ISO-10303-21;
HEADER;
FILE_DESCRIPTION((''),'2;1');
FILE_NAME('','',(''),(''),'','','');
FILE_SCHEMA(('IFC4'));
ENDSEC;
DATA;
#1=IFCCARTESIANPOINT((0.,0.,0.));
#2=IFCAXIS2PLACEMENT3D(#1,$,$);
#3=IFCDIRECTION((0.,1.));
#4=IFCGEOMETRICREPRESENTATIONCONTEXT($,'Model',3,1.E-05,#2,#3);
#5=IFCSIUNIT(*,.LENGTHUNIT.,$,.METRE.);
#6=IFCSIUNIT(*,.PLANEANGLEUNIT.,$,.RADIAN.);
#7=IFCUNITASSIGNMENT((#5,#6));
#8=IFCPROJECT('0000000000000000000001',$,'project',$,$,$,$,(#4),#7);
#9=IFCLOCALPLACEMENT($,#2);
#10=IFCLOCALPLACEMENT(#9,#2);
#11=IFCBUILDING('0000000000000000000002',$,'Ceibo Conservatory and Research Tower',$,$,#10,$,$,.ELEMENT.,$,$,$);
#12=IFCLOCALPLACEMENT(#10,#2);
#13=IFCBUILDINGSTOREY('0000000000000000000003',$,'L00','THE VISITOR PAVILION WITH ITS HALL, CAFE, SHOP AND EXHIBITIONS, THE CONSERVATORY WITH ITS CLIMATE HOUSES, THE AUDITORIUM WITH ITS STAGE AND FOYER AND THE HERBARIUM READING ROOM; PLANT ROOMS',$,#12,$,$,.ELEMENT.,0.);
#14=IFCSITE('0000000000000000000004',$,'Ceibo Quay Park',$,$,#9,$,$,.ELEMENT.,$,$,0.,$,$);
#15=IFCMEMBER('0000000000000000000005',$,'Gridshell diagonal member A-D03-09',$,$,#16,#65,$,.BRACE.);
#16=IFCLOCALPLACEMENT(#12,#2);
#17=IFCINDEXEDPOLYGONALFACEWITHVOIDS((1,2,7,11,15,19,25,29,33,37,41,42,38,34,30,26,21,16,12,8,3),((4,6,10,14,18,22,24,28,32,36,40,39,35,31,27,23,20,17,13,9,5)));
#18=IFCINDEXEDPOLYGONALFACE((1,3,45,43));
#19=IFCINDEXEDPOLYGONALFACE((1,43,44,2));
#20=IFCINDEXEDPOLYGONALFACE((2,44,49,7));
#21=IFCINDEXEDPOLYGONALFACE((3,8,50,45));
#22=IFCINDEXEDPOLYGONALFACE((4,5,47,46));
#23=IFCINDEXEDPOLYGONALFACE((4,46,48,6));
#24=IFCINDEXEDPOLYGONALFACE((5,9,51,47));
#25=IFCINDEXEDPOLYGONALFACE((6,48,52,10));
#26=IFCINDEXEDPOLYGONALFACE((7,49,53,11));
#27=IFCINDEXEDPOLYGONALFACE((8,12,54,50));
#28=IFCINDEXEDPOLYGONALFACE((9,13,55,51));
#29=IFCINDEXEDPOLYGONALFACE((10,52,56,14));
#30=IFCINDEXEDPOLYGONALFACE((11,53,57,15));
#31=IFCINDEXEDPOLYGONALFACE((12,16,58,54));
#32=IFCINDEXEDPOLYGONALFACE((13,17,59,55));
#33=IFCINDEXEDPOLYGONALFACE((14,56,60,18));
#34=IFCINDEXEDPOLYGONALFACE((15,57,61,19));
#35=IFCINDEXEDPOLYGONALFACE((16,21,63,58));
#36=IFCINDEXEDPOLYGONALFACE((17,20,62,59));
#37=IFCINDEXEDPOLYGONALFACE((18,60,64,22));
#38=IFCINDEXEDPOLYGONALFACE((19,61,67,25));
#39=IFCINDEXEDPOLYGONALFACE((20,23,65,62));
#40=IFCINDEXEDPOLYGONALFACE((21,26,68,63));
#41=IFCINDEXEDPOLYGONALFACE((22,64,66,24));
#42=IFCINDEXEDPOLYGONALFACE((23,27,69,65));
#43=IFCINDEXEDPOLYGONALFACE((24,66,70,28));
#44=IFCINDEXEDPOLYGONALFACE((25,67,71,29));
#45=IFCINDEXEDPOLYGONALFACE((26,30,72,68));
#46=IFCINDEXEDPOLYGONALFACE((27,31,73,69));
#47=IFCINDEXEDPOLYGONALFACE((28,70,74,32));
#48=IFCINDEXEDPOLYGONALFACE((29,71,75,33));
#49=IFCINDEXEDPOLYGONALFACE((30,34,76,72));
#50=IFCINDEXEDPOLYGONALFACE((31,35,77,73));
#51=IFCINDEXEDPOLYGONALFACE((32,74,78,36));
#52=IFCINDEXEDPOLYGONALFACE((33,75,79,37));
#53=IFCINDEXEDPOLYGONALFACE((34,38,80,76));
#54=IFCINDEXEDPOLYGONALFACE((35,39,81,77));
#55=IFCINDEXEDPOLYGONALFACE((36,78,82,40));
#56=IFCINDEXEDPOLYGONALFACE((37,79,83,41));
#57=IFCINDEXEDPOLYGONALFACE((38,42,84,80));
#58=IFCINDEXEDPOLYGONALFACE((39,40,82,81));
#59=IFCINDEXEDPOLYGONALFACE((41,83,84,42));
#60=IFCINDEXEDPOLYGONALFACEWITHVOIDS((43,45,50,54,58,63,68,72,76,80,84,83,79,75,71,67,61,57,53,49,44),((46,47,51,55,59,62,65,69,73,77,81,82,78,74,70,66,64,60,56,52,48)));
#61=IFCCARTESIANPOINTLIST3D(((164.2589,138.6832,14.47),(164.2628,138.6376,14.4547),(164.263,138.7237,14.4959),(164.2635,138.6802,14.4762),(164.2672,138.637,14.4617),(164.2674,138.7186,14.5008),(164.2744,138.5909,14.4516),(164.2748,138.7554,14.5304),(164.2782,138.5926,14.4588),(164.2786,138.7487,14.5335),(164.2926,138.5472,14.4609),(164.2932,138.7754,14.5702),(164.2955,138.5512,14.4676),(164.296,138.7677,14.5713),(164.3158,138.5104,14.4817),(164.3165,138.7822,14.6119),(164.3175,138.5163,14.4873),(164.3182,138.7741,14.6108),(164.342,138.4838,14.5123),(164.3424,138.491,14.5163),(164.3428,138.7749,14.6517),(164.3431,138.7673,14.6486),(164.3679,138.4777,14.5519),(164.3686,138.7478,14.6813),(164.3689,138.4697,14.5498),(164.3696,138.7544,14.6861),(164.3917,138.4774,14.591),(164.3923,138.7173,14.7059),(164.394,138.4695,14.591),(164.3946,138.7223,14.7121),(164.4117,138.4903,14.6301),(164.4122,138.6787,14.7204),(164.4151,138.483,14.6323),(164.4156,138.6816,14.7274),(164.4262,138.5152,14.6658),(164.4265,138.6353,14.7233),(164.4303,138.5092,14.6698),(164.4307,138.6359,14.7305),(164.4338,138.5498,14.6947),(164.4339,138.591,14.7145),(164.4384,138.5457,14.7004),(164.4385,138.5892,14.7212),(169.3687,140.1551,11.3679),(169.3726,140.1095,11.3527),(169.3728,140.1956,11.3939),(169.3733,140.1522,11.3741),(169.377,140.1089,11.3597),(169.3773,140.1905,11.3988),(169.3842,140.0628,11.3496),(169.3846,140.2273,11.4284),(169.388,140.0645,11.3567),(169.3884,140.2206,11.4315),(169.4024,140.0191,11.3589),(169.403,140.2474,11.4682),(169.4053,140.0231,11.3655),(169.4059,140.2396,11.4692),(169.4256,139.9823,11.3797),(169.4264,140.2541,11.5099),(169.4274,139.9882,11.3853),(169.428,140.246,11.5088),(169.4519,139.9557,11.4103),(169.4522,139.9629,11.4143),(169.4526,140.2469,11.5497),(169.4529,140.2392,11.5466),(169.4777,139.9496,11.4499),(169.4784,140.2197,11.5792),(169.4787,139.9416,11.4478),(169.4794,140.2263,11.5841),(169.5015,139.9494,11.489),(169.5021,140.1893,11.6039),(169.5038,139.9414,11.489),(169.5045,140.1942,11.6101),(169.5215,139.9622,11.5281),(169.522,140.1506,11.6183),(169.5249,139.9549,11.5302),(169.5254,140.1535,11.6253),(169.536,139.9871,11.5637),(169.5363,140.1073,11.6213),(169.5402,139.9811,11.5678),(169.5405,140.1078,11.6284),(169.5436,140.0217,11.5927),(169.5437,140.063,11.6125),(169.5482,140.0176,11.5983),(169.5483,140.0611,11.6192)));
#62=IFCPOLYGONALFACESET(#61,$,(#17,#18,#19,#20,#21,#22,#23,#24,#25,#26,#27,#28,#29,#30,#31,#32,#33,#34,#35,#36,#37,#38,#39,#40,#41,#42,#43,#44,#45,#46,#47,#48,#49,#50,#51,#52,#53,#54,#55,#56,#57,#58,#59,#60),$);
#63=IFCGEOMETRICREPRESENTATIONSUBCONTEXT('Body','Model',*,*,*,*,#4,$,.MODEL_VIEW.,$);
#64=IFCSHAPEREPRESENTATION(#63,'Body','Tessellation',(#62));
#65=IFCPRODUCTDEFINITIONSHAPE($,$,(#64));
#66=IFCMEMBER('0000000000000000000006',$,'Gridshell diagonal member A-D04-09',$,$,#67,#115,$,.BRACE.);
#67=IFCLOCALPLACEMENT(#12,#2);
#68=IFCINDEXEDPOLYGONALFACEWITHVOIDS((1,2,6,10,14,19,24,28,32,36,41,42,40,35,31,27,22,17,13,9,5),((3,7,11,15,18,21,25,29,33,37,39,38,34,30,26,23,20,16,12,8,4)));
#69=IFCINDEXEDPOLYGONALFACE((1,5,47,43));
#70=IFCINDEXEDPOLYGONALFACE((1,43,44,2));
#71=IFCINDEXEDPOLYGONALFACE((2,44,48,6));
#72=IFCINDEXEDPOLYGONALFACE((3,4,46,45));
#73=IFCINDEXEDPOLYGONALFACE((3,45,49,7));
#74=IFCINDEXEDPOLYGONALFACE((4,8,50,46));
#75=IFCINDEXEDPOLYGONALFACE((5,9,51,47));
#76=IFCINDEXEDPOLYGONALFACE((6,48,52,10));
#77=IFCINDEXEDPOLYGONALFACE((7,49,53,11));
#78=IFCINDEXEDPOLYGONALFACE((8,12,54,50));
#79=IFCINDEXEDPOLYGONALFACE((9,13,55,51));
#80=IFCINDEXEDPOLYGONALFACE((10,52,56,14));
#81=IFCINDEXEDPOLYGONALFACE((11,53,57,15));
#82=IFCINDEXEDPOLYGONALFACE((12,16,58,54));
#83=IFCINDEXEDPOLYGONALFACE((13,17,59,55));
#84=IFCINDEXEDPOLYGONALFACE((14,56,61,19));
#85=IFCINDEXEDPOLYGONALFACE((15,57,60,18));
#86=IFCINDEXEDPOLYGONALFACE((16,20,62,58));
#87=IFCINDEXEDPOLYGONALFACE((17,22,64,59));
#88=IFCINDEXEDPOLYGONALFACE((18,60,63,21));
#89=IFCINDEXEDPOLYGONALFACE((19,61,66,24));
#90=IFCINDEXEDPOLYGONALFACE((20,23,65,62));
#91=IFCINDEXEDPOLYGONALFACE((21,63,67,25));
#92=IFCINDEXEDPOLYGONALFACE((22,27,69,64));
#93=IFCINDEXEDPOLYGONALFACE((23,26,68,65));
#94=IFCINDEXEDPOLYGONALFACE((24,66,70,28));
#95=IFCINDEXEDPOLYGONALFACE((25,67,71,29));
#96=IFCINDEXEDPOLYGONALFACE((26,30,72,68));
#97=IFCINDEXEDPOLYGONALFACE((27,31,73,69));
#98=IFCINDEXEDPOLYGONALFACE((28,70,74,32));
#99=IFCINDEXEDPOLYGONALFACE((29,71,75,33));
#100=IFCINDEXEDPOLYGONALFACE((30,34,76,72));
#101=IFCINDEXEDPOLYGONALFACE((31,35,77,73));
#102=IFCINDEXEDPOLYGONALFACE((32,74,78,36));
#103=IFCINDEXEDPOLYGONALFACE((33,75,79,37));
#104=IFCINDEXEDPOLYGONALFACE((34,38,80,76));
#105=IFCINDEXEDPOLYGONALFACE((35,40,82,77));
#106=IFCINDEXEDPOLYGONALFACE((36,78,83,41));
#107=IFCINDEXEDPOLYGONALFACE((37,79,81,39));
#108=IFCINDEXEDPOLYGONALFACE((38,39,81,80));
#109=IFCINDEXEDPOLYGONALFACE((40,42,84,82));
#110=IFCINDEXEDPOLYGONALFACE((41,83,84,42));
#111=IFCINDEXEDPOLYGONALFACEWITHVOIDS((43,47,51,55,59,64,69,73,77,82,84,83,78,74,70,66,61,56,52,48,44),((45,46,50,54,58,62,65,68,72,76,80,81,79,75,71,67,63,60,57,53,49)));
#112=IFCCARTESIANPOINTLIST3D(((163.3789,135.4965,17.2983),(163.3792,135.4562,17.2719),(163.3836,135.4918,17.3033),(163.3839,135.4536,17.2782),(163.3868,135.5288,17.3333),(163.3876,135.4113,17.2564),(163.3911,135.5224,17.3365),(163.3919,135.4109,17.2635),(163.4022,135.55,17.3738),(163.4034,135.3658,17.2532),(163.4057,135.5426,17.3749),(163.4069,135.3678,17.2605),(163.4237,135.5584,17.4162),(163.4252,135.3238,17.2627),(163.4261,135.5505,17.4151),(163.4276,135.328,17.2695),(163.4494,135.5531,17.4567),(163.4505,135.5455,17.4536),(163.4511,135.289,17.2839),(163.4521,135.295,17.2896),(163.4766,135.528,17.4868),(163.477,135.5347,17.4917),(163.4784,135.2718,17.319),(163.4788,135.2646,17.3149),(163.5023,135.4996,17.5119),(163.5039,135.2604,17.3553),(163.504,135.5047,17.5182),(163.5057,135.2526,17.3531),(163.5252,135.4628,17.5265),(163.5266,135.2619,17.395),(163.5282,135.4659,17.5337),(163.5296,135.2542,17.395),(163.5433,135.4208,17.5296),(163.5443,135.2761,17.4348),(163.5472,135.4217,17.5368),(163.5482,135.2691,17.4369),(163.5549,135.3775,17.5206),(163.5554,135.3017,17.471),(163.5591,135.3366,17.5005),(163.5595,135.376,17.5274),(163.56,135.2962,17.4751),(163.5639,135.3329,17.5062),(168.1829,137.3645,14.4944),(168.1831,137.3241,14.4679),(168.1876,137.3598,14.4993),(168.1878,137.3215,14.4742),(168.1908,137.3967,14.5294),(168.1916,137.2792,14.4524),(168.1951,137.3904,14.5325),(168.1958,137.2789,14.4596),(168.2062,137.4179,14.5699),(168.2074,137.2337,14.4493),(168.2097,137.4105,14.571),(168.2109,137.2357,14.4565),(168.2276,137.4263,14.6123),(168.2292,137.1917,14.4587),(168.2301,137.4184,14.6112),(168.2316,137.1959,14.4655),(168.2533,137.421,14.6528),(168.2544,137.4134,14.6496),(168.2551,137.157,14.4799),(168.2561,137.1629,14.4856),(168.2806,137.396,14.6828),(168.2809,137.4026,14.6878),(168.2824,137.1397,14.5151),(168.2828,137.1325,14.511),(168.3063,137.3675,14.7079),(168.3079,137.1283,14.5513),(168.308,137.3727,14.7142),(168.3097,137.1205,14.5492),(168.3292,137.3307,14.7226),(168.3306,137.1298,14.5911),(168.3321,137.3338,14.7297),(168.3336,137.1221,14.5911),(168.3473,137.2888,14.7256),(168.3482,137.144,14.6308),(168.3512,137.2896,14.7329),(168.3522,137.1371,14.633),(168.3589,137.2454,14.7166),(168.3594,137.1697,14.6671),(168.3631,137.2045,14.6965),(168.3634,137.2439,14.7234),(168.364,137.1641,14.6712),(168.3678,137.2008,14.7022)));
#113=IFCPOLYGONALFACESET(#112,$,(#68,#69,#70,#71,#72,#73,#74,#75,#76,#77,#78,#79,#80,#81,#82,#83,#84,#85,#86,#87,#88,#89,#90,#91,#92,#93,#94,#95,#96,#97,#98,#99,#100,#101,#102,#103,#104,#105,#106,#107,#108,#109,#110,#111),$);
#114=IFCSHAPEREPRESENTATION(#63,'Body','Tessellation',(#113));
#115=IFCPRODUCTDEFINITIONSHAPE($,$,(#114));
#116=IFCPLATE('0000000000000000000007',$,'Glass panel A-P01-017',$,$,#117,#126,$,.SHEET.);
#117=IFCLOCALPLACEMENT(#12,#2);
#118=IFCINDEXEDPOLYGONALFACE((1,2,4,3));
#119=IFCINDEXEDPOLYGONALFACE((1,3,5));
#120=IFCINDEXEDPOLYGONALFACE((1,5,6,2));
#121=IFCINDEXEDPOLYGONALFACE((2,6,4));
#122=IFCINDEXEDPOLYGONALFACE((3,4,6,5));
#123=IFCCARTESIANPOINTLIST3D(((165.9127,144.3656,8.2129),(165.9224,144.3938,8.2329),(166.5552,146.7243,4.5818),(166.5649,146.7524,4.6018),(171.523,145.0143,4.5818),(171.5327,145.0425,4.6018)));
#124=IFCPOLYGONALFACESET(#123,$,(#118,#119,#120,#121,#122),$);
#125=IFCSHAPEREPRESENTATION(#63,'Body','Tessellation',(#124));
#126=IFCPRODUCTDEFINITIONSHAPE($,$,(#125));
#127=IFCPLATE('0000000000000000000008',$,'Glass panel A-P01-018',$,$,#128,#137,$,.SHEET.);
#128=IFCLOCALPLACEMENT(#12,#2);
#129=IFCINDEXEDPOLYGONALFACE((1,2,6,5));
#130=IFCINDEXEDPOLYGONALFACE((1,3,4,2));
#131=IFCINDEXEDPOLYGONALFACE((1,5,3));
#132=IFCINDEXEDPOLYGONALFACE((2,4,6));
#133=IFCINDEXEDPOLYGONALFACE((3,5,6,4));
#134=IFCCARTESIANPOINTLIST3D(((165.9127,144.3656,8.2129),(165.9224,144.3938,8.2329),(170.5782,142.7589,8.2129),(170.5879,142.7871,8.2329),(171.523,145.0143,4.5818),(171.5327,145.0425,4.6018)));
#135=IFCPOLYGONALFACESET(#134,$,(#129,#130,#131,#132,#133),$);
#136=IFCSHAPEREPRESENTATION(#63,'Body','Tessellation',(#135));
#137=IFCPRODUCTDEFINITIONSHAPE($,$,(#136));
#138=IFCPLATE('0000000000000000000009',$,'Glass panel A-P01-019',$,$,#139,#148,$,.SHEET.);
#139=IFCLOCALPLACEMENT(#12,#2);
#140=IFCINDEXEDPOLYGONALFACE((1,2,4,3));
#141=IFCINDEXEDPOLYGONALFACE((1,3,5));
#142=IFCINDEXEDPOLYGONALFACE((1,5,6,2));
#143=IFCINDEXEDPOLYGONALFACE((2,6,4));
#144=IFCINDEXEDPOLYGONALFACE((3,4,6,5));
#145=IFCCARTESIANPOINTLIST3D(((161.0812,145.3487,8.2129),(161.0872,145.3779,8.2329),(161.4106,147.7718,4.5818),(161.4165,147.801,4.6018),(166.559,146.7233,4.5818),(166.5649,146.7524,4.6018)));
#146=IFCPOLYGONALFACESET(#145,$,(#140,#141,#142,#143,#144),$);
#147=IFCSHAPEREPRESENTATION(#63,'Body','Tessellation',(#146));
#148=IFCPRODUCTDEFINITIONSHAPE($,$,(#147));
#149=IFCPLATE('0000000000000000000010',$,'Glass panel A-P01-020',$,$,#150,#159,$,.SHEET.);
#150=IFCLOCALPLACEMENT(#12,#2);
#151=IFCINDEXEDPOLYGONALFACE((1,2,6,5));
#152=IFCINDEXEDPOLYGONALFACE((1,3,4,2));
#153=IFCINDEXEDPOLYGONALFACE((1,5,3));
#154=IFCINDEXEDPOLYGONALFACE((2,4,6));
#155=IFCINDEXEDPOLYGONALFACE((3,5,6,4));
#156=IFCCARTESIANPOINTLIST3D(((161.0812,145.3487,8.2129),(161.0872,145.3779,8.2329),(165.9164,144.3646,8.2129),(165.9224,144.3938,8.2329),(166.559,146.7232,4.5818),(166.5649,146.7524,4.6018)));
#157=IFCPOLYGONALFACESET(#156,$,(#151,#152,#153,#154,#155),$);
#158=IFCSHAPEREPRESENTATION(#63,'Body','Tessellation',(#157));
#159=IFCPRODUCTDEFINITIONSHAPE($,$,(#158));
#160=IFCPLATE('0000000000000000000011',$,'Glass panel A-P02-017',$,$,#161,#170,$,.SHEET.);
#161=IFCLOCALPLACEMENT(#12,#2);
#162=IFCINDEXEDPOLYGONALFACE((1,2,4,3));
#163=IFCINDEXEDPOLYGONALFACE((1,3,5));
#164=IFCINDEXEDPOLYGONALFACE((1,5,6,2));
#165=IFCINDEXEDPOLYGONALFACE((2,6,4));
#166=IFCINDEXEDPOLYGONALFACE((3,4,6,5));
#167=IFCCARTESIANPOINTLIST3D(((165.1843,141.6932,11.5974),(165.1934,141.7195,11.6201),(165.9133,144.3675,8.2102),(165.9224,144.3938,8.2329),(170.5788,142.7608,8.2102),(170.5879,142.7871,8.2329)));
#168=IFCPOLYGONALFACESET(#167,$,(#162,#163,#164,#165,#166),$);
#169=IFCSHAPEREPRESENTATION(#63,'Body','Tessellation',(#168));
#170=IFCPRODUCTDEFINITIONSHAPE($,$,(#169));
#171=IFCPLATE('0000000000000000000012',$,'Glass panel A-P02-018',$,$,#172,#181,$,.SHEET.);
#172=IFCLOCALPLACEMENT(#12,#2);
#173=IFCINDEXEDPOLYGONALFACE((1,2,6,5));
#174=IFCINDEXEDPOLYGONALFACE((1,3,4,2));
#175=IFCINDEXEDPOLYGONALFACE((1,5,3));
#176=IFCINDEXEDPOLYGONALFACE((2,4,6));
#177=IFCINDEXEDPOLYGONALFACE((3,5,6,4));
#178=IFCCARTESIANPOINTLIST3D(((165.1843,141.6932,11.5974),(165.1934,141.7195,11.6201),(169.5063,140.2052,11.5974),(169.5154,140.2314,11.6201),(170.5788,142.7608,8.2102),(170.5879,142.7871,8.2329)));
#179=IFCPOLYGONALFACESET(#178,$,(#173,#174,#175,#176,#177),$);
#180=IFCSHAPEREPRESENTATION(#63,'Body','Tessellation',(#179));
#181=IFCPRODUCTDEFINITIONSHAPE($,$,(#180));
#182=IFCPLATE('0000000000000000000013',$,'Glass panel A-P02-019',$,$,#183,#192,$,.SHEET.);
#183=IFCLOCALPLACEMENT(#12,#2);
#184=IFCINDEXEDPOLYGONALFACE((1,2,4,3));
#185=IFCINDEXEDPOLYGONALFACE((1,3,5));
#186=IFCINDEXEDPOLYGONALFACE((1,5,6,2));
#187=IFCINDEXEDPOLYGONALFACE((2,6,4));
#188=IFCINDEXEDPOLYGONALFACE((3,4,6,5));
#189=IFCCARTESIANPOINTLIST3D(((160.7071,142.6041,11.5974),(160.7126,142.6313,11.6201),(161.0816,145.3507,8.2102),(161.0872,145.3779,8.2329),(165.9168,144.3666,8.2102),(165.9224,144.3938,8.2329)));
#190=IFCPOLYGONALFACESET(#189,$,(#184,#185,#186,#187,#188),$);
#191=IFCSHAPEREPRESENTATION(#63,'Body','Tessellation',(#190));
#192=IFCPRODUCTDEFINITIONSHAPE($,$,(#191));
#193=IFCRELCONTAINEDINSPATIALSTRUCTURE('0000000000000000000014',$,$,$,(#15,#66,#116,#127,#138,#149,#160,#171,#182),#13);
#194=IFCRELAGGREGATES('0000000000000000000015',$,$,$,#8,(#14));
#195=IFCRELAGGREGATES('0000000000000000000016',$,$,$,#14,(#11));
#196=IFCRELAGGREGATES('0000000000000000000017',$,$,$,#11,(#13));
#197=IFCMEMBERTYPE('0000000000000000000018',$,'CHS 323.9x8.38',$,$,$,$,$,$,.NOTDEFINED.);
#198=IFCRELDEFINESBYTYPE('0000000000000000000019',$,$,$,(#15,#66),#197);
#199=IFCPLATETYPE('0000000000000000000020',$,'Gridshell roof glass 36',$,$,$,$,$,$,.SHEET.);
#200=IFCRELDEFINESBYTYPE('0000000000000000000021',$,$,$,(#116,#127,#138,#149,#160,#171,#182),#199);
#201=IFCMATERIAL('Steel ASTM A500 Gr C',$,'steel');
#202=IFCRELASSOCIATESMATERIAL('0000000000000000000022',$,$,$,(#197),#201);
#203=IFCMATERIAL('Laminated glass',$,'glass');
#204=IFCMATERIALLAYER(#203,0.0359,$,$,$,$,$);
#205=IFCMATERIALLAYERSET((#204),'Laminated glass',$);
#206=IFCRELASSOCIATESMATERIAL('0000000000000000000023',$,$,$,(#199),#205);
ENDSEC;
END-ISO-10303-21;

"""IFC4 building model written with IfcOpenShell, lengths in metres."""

from ifc_helpers import new_model, si_unit, direction, frame, origin, origin_2d, place, context, subcontext, project, spatial, polyline, hollow_circle, outline, extrude, material, layer, layer_set, material_profile, profile_set, type_object, element, save


model = new_model("IFC4")

# Units and contexts
model_context = context("Model", 3, precision=1e-05, world=origin(), true_north=direction((0.0, 1.0)))
body_context = subcontext(model_context, "Body", "Model", "MODEL_VIEW")
ifc_project = project(units=[si_unit("LENGTHUNIT", "METRE"), si_unit("PLANEANGLEUNIT", "RADIAN")], contexts=[model_context])

# Site, building, storey
site_placement = place(None, origin())
site = spatial("IfcSite", under=ifc_project, at=site_placement, Name="Ceibo Quay Park", CompositionType="ELEMENT", RefElevation=0.0)
building_placement = place(site_placement, origin())
building = spatial("IfcBuilding", under=site, at=building_placement, Name="Ceibo Conservatory and Research Tower", CompositionType="ELEMENT")
storey_placement = place(building_placement, origin())
storey = spatial("IfcBuildingStorey", under=building, at=storey_placement, Name="L00", Description="THE VISITOR PAVILION WITH ITS HALL, CAFE, SHOP AND EXHIBITIONS, THE CONSERVATORY WITH ITS CLIMATE HOUSES, THE AUDITORIUM WITH ITS STAGE AND FOYER AND THE HERBARIUM READING ROOM; PLANT ROOMS", CompositionType="ELEMENT", Elevation=0.0)

# Members
ifc_material_1 = material(Name="Steel ASTM A500 Gr C", Category="steel")
ifc_material_profile_1 = material_profile(ifc_material_1, hollow_circle(Radius=0.1619, WallThickness=0.0083, at=origin_2d()), Name="CHS 323.9x8.38")
ifc_profile_set_1 = profile_set([ifc_material_profile_1], Name="Steel ASTM A500 Gr C")
member_type_1 = type_object("IfcMemberType", Name="CHS 323.9x8.38", PredefinedType="NOTDEFINED", material=ifc_profile_set_1)
member_1_placement = place(storey_placement, frame((169.459, 140.0969, 11.489), z_axis=(-0.830022, -0.239092, 0.503883), x_axis=(0.2768, -0.960927, 0.0)))
element("IfcMember", 1, at=member_1_placement, inside=storey, type_object=member_type_1, Name="Gridshell diagonal member A-D03-09", PredefinedType="BRACE", context=body_context, shape_type="SweptSolid", body=[
    extrude(hollow_circle(Radius=0.1619, WallThickness=0.0083, at=origin_2d()), origin(), (0.0, 0.0, 1.0), 6.1562),
])
member_2_placement = place(storey_placement, frame((168.2749, 137.2729, 14.5911), z_axis=(-0.818719, -0.318342, 0.477867), x_axis=(0.362398, -0.932023, 0.0)))
element("IfcMember", 2, at=member_2_placement, inside=storey, type_object=member_type_1, Name="Gridshell diagonal member A-D04-09", PredefinedType="BRACE", context=body_context, shape_type="SweptSolid", body=[
    extrude(hollow_circle(Radius=0.1619, WallThickness=0.0083, at=origin_2d()), origin(), (0.0, 0.0, 1.0), 5.8677),
])

# Plates
ifc_material_2 = material(Name="Laminated glass", Category="glass")
ifc_layer = layer(ifc_material_2, 0.0359)
ifc_layer_set = layer_set([ifc_layer], Name="Laminated glass")
plate_type = type_object("IfcPlateType", Name="Gridshell roof glass 36", PredefinedType="SHEET", material=ifc_layer_set)
plate_1_placement = place(storey_placement, frame((171.5327, 145.0425, 4.6018), z_axis=(0.270166, 0.784884, 0.557644), x_axis=(-0.945553, 0.325469, 0.0)))
element("IfcPlate", 3, at=plate_1_placement, inside=storey, type_object=plate_type, Name="Glass panel A-P01-017", PredefinedType="SHEET", context=body_context, shape_type="SweptSolid", body=[
    extrude(outline(polyline([(0.0, 0.0), (5.2538, 0.0), (5.0938, 4.3744), (0.0, 0.0)])), origin(), (0.0, 0.0, -1.0), 0.0359),
])
plate_2_placement = place(storey_placement, frame((171.5327, 145.0425, 4.6018), z_axis=(0.270255, 0.78477, 0.557762), x_axis=(-0.835583, -0.096612, 0.540802)))
element("IfcPlate", 4, at=plate_2_placement, inside=storey, type_object=plate_type, Name="Glass panel A-P01-018", PredefinedType="SHEET", context=body_context, shape_type="SweptSolid", body=[
    extrude(outline(polyline([(0.0, 0.0), (6.7143, 0.0), (2.9711, 3.2151), (0.0, 0.0)])), origin(), (0.0, 0.0, -1.0), 0.0359),
])
plate_3_placement = place(storey_placement, frame((166.5649, 146.7524, 4.6018), z_axis=(0.165646, 0.813307, 0.557757), x_axis=(-0.979883, 0.199573, 0.0)))
element("IfcPlate", 5, at=plate_3_placement, inside=storey, type_object=plate_type, Name="Glass panel A-P01-019", PredefinedType="SHEET", context=body_context, shape_type="SweptSolid", body=[
    extrude(outline(polyline([(0.0, 0.0), (5.2541, 0.0), (5.0933, 4.3748), (0.0, 0.0)])), origin(), (0.0, 0.0, -1.0), 0.0359),
])
plate_4_placement = place(storey_placement, frame((166.5649, 146.7524, 4.6018), z_axis=(0.165554, 0.813397, 0.557653), x_axis=(-0.815852, -0.204718, 0.540811)))
element("IfcPlate", 6, at=plate_4_placement, inside=storey, type_object=plate_type, Name="Glass panel A-P01-020", PredefinedType="SHEET", context=body_context, shape_type="SweptSolid", body=[
    extrude(outline(polyline([(0.0, 0.0), (6.7142, 0.0), (2.9708, 3.2148), (0.0, 0.0)])), origin(), (0.0, 0.0, -1.0), 0.0359),
])
plate_5_placement = place(storey_placement, frame((170.5879, 142.7871, 8.2329), z_axis=(0.252204, 0.732353, 0.632497), x_axis=(-0.945505, 0.325608, 0.0)))
element("IfcPlate", 7, at=plate_5_placement, inside=storey, type_object=plate_type, Name="Glass panel A-P02-017", PredefinedType="SHEET", context=body_context, shape_type="SweptSolid", body=[
    extrude(outline(polyline([(0.0, 0.0), (4.9344, 0.0), (4.7529, 4.3731), (0.0, 0.0)])), origin(), (0.0, 0.0, -1.0), 0.0359),
])
plate_6_placement = place(storey_placement, frame((170.5879, 142.7871, 8.2329), z_axis=(0.252162, 0.732408, 0.632449), x_axis=(-0.835243, -0.165302, 0.524446)))
element("IfcPlate", 8, at=plate_6_placement, inside=storey, type_object=plate_type, Name="Glass panel A-P02-018", PredefinedType="SHEET", context=body_context, shape_type="SweptSolid", body=[
    extrude(outline(polyline([(0.0, 0.0), (6.4586, 0.0), (3.0947, 3.0948), (0.0, 0.0)])), origin(), (0.0, 0.0, -1.0), 0.0359),
])
plate_7_placement = place(storey_placement, frame((165.9224, 144.3938, 8.2329), z_axis=(0.15448, 0.758985, 0.632518), x_axis=(-0.979909, 0.199445, 0.0)))
element("IfcPlate", 9, at=plate_7_placement, inside=storey, type_object=plate_type, Name="Glass panel A-P02-019", PredefinedType="SHEET", context=body_context, shape_type="SweptSolid", body=[
    extrude(outline(polyline([(0.0, 0.0), (4.9343, 0.0), (4.7535, 4.3732), (0.0, 0.0)])), origin(), (0.0, 0.0, -1.0), 0.0359),
])

save(model, "model.ifc")
